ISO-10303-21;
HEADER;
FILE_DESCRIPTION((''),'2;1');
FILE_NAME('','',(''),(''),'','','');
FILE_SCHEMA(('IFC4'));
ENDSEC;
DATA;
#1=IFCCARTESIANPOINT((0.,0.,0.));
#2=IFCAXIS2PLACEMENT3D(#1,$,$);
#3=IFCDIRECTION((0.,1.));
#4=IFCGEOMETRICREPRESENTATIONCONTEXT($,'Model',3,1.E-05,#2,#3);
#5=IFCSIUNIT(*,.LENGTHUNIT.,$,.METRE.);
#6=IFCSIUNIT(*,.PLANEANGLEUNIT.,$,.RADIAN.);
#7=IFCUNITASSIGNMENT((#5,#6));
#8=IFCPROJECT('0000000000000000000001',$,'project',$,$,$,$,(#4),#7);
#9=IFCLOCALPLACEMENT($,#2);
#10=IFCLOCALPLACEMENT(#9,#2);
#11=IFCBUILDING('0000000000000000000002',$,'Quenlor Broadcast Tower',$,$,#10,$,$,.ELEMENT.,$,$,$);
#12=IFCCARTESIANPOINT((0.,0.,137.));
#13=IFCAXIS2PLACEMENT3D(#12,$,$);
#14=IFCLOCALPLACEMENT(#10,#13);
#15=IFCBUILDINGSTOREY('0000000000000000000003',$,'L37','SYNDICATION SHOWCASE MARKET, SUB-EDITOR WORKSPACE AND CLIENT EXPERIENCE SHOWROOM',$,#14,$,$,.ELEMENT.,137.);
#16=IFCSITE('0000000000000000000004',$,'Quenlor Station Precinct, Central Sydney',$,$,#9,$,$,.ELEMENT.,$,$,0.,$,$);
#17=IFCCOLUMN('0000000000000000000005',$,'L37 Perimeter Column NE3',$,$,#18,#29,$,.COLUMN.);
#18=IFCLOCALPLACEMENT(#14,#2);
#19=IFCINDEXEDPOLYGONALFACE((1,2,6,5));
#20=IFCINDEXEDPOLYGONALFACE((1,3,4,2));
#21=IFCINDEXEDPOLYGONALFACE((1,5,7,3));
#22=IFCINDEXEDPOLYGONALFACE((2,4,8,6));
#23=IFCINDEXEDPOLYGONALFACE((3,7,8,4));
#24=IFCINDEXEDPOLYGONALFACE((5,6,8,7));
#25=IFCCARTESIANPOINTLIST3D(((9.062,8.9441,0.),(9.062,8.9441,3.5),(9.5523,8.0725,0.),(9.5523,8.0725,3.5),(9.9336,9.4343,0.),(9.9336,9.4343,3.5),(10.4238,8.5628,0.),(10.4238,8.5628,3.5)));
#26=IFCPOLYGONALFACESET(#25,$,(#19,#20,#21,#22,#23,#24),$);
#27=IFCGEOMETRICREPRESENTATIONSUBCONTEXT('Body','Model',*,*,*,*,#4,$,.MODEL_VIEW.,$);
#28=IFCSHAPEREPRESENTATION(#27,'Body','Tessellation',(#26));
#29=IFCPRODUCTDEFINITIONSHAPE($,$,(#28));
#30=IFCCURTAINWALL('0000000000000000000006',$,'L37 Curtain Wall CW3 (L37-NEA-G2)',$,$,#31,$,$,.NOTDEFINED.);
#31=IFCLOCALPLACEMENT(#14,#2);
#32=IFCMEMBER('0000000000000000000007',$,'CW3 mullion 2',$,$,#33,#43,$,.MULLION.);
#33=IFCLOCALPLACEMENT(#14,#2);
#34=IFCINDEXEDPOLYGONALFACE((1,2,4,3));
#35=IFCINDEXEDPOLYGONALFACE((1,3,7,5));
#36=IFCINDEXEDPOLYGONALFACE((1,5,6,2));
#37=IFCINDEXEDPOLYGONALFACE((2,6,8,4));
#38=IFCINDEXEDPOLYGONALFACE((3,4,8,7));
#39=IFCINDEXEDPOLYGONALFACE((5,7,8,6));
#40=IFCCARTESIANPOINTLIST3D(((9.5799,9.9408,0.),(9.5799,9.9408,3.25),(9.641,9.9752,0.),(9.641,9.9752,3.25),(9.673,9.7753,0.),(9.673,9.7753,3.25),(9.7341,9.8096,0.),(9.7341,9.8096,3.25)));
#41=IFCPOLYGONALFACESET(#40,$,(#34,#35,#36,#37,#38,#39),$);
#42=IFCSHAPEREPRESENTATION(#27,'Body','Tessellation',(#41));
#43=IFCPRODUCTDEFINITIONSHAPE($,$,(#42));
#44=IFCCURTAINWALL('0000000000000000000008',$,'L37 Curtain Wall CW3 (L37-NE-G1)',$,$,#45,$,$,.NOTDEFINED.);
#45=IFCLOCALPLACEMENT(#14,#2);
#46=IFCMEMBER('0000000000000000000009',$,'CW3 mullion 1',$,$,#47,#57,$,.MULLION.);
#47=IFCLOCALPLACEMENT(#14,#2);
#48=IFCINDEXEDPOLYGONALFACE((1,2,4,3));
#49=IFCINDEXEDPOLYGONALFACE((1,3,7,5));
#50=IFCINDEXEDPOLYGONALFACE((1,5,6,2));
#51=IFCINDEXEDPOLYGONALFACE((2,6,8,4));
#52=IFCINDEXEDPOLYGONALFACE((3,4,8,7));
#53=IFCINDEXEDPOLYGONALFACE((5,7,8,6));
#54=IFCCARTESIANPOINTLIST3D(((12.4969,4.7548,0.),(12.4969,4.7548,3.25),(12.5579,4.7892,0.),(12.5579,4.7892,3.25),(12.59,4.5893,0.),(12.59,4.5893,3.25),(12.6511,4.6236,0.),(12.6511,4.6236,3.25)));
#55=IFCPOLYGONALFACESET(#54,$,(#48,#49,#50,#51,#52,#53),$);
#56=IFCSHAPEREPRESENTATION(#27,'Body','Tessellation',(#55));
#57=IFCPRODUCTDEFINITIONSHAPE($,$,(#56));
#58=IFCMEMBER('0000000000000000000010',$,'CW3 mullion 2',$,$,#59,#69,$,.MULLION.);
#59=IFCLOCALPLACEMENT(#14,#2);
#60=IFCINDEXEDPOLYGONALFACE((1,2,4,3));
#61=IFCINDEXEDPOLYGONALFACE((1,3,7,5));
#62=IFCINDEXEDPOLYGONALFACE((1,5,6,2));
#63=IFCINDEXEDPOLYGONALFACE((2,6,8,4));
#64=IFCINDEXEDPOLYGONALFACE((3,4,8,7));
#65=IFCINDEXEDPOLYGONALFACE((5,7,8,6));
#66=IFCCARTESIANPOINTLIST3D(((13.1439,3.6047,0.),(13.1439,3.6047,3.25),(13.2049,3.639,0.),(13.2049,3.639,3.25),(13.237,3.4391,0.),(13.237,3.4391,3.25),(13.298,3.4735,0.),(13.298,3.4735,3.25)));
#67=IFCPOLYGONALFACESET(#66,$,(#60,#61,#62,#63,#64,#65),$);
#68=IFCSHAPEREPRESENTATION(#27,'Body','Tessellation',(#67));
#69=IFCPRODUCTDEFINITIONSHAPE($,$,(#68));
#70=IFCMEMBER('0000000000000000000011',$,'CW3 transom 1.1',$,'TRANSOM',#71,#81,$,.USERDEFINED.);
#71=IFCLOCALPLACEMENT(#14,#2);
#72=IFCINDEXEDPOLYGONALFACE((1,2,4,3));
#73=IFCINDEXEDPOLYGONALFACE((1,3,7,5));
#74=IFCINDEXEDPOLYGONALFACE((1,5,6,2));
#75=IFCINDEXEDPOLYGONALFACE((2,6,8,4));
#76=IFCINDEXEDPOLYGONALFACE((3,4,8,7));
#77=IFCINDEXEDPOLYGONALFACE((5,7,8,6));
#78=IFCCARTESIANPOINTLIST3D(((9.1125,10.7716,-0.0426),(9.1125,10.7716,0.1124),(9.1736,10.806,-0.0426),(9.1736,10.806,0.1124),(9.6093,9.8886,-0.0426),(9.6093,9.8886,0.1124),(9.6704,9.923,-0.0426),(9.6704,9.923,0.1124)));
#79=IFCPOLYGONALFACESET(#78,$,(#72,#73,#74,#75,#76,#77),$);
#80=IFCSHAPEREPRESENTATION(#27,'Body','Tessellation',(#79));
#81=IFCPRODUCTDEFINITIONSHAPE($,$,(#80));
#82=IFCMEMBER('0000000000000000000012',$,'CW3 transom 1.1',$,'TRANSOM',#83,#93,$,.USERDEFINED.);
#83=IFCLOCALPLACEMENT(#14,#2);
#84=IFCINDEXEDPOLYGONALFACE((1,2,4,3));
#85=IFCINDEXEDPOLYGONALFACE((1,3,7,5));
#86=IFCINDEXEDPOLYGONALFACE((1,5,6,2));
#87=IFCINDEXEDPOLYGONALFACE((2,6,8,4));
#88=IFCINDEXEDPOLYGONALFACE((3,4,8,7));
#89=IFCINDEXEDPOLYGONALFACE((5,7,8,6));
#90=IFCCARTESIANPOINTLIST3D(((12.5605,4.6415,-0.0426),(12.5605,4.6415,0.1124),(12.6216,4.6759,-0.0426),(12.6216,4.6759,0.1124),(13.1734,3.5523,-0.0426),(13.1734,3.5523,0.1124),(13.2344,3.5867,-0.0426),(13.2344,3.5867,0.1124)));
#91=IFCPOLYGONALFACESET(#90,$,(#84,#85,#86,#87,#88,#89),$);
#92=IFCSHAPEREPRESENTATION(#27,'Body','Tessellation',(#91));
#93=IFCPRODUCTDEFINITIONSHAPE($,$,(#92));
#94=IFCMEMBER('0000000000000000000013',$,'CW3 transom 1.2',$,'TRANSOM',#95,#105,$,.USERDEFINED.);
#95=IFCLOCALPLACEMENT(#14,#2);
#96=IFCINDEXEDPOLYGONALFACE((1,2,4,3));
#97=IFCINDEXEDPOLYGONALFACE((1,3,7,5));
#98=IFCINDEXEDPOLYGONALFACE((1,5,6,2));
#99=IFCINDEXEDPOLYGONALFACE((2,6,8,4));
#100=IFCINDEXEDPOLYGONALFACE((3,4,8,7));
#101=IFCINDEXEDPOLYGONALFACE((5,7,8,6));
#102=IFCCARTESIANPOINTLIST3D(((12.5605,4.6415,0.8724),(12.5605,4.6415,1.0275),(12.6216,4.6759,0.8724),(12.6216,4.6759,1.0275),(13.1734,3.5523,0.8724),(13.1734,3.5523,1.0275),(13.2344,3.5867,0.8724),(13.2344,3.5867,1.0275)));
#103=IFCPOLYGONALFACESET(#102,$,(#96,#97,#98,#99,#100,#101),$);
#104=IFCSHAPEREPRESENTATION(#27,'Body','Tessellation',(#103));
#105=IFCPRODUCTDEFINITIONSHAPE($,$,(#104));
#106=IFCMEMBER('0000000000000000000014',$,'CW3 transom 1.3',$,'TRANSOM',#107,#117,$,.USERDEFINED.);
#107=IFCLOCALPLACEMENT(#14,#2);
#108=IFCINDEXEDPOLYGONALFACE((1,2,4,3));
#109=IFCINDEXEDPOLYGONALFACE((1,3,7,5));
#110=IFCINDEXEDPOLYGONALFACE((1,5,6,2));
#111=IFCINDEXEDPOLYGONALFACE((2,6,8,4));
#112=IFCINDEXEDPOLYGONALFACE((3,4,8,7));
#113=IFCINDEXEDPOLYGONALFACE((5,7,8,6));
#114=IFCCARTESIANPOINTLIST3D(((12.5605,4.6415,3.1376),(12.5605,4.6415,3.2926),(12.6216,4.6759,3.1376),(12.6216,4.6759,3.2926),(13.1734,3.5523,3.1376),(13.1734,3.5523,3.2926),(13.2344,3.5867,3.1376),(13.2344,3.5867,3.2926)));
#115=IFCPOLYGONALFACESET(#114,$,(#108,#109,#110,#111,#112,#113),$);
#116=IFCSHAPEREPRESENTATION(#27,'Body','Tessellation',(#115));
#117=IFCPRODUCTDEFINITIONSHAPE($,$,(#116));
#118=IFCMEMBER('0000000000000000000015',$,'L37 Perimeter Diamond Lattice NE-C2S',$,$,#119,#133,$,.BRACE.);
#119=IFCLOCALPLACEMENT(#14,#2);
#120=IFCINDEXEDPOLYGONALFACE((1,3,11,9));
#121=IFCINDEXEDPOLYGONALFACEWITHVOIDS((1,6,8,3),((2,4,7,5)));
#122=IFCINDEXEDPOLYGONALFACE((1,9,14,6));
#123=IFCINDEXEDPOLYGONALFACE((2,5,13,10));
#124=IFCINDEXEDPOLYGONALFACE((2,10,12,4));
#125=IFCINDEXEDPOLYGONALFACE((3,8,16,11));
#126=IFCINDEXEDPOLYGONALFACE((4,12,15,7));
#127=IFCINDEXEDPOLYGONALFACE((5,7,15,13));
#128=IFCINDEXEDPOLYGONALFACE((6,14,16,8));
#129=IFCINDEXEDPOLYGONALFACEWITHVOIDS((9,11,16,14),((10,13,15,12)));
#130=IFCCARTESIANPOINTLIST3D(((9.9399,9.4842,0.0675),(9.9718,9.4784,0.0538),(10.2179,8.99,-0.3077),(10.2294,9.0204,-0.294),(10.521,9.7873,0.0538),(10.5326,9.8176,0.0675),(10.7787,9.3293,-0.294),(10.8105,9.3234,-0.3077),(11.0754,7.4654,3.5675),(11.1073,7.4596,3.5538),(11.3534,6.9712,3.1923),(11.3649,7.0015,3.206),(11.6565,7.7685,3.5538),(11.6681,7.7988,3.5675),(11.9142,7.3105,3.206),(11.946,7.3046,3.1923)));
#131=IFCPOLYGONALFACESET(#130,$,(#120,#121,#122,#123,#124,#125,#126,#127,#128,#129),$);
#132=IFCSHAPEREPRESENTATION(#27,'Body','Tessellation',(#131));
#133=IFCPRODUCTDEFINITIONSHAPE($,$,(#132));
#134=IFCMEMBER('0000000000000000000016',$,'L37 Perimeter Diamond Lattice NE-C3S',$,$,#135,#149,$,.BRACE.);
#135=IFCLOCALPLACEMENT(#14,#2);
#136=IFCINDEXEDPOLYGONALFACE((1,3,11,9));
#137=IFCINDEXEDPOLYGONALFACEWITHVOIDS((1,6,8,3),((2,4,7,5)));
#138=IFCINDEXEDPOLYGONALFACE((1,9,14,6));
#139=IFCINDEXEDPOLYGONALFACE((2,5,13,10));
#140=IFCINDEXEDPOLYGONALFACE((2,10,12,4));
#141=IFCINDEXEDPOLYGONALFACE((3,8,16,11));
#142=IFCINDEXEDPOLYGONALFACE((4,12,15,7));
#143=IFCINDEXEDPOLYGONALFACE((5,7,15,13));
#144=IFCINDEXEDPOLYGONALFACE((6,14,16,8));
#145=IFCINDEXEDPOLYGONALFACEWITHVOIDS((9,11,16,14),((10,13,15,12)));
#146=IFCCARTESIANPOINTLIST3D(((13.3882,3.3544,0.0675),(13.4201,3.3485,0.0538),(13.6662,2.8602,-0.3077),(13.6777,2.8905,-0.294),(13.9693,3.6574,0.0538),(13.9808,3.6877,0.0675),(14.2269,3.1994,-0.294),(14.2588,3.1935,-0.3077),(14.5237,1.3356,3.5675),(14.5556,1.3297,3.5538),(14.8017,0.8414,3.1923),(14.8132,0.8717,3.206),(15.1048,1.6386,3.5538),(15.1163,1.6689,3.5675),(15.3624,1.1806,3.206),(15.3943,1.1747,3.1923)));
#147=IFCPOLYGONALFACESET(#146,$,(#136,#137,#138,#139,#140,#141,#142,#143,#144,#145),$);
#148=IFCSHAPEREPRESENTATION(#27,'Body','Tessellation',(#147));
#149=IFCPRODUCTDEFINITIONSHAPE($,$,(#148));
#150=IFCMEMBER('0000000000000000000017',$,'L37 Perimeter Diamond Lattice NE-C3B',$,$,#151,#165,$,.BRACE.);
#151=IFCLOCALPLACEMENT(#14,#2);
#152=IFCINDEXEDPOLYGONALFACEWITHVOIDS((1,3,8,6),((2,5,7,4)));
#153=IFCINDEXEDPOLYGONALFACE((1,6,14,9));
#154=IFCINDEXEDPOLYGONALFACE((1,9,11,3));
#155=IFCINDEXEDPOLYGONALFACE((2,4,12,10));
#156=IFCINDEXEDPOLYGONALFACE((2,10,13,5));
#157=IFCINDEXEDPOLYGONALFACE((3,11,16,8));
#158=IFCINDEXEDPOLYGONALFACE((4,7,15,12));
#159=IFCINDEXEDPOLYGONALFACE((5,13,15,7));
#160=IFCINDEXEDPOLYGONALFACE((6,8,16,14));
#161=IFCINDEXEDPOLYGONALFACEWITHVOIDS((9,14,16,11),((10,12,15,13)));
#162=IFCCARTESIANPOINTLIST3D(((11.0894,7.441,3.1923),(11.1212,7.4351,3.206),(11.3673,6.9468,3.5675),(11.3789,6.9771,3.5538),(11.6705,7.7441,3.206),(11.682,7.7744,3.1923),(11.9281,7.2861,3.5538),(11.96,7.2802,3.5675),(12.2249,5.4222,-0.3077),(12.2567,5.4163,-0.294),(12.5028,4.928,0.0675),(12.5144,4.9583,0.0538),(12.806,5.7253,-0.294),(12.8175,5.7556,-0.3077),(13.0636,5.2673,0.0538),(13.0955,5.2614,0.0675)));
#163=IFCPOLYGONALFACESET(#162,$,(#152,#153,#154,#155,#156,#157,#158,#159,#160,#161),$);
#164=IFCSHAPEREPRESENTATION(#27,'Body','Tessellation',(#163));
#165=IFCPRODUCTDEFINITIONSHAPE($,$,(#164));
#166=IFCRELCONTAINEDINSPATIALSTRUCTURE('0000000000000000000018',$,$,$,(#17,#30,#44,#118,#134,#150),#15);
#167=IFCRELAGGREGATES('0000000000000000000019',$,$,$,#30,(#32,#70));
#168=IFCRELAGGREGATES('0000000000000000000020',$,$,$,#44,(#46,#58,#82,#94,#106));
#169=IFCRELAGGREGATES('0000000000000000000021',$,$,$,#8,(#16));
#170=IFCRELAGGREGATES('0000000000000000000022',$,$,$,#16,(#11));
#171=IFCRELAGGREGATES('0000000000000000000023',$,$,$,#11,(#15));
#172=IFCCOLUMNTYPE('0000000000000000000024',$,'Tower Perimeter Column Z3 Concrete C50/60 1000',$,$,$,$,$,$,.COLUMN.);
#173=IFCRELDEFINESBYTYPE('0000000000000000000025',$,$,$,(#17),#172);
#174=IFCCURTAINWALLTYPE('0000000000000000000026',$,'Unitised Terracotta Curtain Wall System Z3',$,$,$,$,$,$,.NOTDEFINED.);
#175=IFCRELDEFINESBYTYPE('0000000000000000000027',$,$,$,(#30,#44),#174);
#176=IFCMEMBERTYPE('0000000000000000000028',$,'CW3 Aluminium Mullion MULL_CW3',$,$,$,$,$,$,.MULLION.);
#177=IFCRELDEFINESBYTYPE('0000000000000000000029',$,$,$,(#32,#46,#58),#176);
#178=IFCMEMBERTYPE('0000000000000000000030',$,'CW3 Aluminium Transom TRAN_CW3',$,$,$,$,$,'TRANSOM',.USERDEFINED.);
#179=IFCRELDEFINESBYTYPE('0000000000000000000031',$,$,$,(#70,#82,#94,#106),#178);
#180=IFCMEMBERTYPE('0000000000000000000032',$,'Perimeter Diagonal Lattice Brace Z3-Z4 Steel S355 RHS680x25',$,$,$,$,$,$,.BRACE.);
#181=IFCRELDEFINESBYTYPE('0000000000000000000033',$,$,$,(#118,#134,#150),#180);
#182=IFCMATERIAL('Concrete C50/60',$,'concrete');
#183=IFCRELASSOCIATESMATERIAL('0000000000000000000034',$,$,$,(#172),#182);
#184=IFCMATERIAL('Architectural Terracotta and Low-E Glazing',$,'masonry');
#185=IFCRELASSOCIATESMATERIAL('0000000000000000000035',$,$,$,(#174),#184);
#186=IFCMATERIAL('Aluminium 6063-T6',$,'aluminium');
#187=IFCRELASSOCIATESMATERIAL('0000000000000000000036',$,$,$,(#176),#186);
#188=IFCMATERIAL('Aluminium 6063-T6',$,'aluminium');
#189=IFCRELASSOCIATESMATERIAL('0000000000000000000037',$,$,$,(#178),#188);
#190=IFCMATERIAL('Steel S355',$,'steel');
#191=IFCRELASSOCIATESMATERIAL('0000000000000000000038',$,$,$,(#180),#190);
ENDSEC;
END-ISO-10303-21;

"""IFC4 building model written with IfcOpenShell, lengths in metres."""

from ifc_helpers import new_model, si_unit, direction, frame, origin, origin_2d, place, context, subcontext, project, spatial, rectangle, hollow_rectangle, extrude, material, material_profile, profile_set, type_object, element, aggregate, save


model = new_model("IFC4")

# Units and contexts
model_context = context("Model", 3, precision=1e-05, world=origin(), true_north=direction((0.0, 1.0)))
body_context = subcontext(model_context, "Body", "Model", "MODEL_VIEW")
ifc_project = project(units=[si_unit("LENGTHUNIT", "METRE"), si_unit("PLANEANGLEUNIT", "RADIAN")], contexts=[model_context])

# Site, building, storey
site_placement = place(None, origin())
site = spatial("IfcSite", under=ifc_project, at=site_placement, Name="Quenlor Station Precinct, Central Sydney", CompositionType="ELEMENT", RefElevation=0.0)
building_placement = place(site_placement, origin())
building = spatial("IfcBuilding", under=site, at=building_placement, Name="Quenlor Broadcast Tower", CompositionType="ELEMENT")
storey_placement = place(building_placement, frame((0.0, 0.0, 137.0)))
storey = spatial("IfcBuildingStorey", under=building, at=storey_placement, Name="L37", Description="SYNDICATION SHOWCASE MARKET, SUB-EDITOR WORKSPACE AND CLIENT EXPERIENCE SHOWROOM", CompositionType="ELEMENT", Elevation=137.0)

# Column
ifc_material_1 = material(Name="Concrete C50/60", Category="concrete")
ifc_material_profile_1 = material_profile(ifc_material_1, rectangle(XDim=1.0, YDim=1.0, at=origin_2d()))
ifc_profile_set_1 = profile_set([ifc_material_profile_1], Name="Concrete C50/60 RC1000x1000")
column_type = type_object("IfcColumnType", Name="Tower Perimeter Column Z3 Concrete C50/60 1000", PredefinedType="COLUMN", material=ifc_profile_set_1)
column_placement = place(storey_placement, frame((9.7429, 8.7534, 0.0), z_axis=(0.0, 0.0, 1.0), x_axis=(0.871575, 0.490262, 0.0)))
element("IfcColumn", 1, at=column_placement, inside=storey, type_object=column_type, Name="L37 Perimeter Column NE3", PredefinedType="COLUMN", context=body_context, shape_type="SweptSolid", body=[
    extrude(rectangle(XDim=1.0, YDim=1.0, at=origin_2d()), origin(), (0.0, 0.0, 1.0), 3.5),
])

# Curtain wall, member
ifc_material_2 = material(Name="Architectural Terracotta and Low-E Glazing", Category="masonry")
curtain_wall_type = type_object("IfcCurtainWallType", Name="Unitised Terracotta Curtain Wall System Z3", PredefinedType="NOTDEFINED", material=ifc_material_2)
curtain_wall_1_placement = place(storey_placement, origin())
curtain_wall_1 = element("IfcCurtainWall", 2, at=curtain_wall_1_placement, inside=storey, type_object=curtain_wall_type, Name="L37 Curtain Wall CW3 (L37-NEA-G2)", PredefinedType="NOTDEFINED")
ifc_material_3 = material(Name="Aluminium 6063-T6", Category="aluminium")
ifc_material_profile_2 = material_profile(ifc_material_3, rectangle(XDim=0.0701, YDim=0.1899, at=origin_2d()))
ifc_profile_set_2 = profile_set([ifc_material_profile_2], Name="Aluminium 6063-T6 MULL70x190")
member_type_1 = type_object("IfcMemberType", Name="CW3 Aluminium Mullion MULL_CW3", PredefinedType="MULLION", material=ifc_profile_set_2)
member_1_placement = place(storey_placement, frame((9.657, 9.8752, 0.0), z_axis=(0.0, 0.0, 1.0), x_axis=(0.871601, 0.490216, 0.0)))
member_1 = element("IfcMember", 3, at=member_1_placement, type_object=member_type_1, Name="CW3 mullion 2", PredefinedType="MULLION", context=body_context, shape_type="SweptSolid", body=[
    extrude(rectangle(XDim=0.0701, YDim=0.1899, at=origin_2d()), origin(), (0.0, 0.0, 1.0), 3.25),
])

# Curtain wall, members
curtain_wall_2_placement = place(storey_placement, origin())
curtain_wall_2 = element("IfcCurtainWall", 4, at=curtain_wall_2_placement, inside=storey, type_object=curtain_wall_type, Name="L37 Curtain Wall CW3 (L37-NE-G1)", PredefinedType="NOTDEFINED")
member_2_placement = place(storey_placement, frame((12.574, 4.6892, 0.0), z_axis=(0.0, 0.0, 1.0), x_axis=(0.871562, 0.490285, 0.0)))
member_2 = element("IfcMember", 5, at=member_2_placement, type_object=member_type_1, Name="CW3 mullion 1", PredefinedType="MULLION", context=body_context, shape_type="SweptSolid", body=[
    extrude(rectangle(XDim=0.0701, YDim=0.1899, at=origin_2d()), origin(), (0.0, 0.0, 1.0), 3.25),
])
member_3_placement = place(storey_placement, frame((13.2209, 3.5391, 0.0), z_axis=(0.0, 0.0, 1.0), x_axis=(0.871562, 0.490285, 0.0)))
member_3 = element("IfcMember", 6, at=member_3_placement, type_object=member_type_1, Name="CW3 mullion 2", PredefinedType="MULLION", context=body_context, shape_type="SweptSolid", body=[
    extrude(rectangle(XDim=0.0701, YDim=0.1899, at=origin_2d()), origin(), (0.0, 0.0, 1.0), 3.25),
])

# Members
ifc_material_4 = material(Name="Aluminium 6063-T6", Category="aluminium")
ifc_material_profile_3 = material_profile(ifc_material_4, rectangle(XDim=0.0701, YDim=0.155, at=origin_2d()))
ifc_profile_set_3 = profile_set([ifc_material_profile_3], Name="Aluminium 6063-T6 TRAN70x155")
member_type_2 = type_object("IfcMemberType", Name="CW3 Aluminium Transom TRAN_CW3", ElementType="TRANSOM", PredefinedType="USERDEFINED", material=ifc_profile_set_3)
member_4_placement = place(storey_placement, frame((9.1431, 10.7888, 0.0349), z_axis=(0.490341, -0.87153, 0.0), x_axis=(0.87153, 0.490341, 0.0)))
member_4 = element("IfcMember", 7, at=member_4_placement, type_object=member_type_2, Name="CW3 transom 1.1", ObjectType="TRANSOM", PredefinedType="USERDEFINED", context=body_context, shape_type="SweptSolid", body=[
    extrude(rectangle(XDim=0.0701, YDim=0.155, at=origin_2d()), origin(), (0.0, 0.0, 1.0), 1.0132),
])
member_5_placement = place(storey_placement, frame((12.5911, 4.6587, 0.0349), z_axis=(0.490363, -0.871518, 0.0), x_axis=(0.871518, 0.490363, 0.0)))
member_5 = element("IfcMember", 8, at=member_5_placement, type_object=member_type_2, Name="CW3 transom 1.1", ObjectType="TRANSOM", PredefinedType="USERDEFINED", context=body_context, shape_type="SweptSolid", body=[
    extrude(rectangle(XDim=0.0701, YDim=0.155, at=origin_2d()), origin(), (0.0, 0.0, 1.0), 1.2498),
])
member_6_placement = place(storey_placement, frame((12.5911, 4.6587, 0.95), z_axis=(0.490363, -0.871518, 0.0), x_axis=(0.871518, 0.490363, 0.0)))
member_6 = element("IfcMember", 9, at=member_6_placement, type_object=member_type_2, Name="CW3 transom 1.2", ObjectType="TRANSOM", PredefinedType="USERDEFINED", context=body_context, shape_type="SweptSolid", body=[
    extrude(rectangle(XDim=0.0701, YDim=0.155, at=origin_2d()), origin(), (0.0, 0.0, 1.0), 1.2498),
])
member_7_placement = place(storey_placement, frame((12.5911, 4.6587, 3.2151), z_axis=(0.490363, -0.871518, 0.0), x_axis=(0.871518, 0.490363, 0.0)))
member_7 = element("IfcMember", 10, at=member_7_placement, type_object=member_type_2, Name="CW3 transom 1.3", ObjectType="TRANSOM", PredefinedType="USERDEFINED", context=body_context, shape_type="SweptSolid", body=[
    extrude(rectangle(XDim=0.0701, YDim=0.155, at=origin_2d()), origin(), (0.0, 0.0, 1.0), 1.2498),
])

# Members
ifc_material_5 = material(Name="Steel S355", Category="steel")
ifc_material_profile_4 = material_profile(ifc_material_5, hollow_rectangle(XDim=0.6799, YDim=0.6799, WallThickness=0.0249, at=origin_2d()))
ifc_profile_set_4 = profile_set([ifc_material_profile_4], Name="Steel S355 RHS680x680x25")
member_type_3 = type_object("IfcMemberType", Name="Perimeter Diagonal Lattice Brace Z3-Z4 Steel S355 RHS680x25", PredefinedType="BRACE", material=ifc_profile_set_4)
for number, where, z_axis, x_axis, name in (
    (11, (10.3752, 9.4038, -0.1201), (0.270549, -0.481009, 0.833927), (0.87159, 0.490236, 0.0), "L37 Perimeter Diamond Lattice NE-C2S"),
    (12, (13.8235, 3.2739, -0.1201), (0.270549, -0.481009, 0.833927), (0.87159, 0.490236, 0.0), "L37 Perimeter Diamond Lattice NE-C3S"),
    (13, (12.6602, 5.3418, -0.1201), (-0.270549, 0.481009, 0.833927), (-0.87159, -0.490236, 0.0), "L37 Perimeter Diamond Lattice NE-C3B"),
):
    element("IfcMember", number, at=place(storey_placement, frame(where, z_axis=z_axis, x_axis=x_axis)), inside=storey, type_object=member_type_3, Name=name, PredefinedType="BRACE", context=body_context, shape_type="SweptSolid", body=[
        extrude(hollow_rectangle(XDim=0.6799, YDim=0.6799, WallThickness=0.0249, at=origin_2d()), origin(), (0.0, 0.0, 1.0), 4.197),
    ])

aggregate(curtain_wall_1, [member_1, member_4])
aggregate(curtain_wall_2, [member_2, member_3, member_5, member_6, member_7])

save(model, "model.ifc")
